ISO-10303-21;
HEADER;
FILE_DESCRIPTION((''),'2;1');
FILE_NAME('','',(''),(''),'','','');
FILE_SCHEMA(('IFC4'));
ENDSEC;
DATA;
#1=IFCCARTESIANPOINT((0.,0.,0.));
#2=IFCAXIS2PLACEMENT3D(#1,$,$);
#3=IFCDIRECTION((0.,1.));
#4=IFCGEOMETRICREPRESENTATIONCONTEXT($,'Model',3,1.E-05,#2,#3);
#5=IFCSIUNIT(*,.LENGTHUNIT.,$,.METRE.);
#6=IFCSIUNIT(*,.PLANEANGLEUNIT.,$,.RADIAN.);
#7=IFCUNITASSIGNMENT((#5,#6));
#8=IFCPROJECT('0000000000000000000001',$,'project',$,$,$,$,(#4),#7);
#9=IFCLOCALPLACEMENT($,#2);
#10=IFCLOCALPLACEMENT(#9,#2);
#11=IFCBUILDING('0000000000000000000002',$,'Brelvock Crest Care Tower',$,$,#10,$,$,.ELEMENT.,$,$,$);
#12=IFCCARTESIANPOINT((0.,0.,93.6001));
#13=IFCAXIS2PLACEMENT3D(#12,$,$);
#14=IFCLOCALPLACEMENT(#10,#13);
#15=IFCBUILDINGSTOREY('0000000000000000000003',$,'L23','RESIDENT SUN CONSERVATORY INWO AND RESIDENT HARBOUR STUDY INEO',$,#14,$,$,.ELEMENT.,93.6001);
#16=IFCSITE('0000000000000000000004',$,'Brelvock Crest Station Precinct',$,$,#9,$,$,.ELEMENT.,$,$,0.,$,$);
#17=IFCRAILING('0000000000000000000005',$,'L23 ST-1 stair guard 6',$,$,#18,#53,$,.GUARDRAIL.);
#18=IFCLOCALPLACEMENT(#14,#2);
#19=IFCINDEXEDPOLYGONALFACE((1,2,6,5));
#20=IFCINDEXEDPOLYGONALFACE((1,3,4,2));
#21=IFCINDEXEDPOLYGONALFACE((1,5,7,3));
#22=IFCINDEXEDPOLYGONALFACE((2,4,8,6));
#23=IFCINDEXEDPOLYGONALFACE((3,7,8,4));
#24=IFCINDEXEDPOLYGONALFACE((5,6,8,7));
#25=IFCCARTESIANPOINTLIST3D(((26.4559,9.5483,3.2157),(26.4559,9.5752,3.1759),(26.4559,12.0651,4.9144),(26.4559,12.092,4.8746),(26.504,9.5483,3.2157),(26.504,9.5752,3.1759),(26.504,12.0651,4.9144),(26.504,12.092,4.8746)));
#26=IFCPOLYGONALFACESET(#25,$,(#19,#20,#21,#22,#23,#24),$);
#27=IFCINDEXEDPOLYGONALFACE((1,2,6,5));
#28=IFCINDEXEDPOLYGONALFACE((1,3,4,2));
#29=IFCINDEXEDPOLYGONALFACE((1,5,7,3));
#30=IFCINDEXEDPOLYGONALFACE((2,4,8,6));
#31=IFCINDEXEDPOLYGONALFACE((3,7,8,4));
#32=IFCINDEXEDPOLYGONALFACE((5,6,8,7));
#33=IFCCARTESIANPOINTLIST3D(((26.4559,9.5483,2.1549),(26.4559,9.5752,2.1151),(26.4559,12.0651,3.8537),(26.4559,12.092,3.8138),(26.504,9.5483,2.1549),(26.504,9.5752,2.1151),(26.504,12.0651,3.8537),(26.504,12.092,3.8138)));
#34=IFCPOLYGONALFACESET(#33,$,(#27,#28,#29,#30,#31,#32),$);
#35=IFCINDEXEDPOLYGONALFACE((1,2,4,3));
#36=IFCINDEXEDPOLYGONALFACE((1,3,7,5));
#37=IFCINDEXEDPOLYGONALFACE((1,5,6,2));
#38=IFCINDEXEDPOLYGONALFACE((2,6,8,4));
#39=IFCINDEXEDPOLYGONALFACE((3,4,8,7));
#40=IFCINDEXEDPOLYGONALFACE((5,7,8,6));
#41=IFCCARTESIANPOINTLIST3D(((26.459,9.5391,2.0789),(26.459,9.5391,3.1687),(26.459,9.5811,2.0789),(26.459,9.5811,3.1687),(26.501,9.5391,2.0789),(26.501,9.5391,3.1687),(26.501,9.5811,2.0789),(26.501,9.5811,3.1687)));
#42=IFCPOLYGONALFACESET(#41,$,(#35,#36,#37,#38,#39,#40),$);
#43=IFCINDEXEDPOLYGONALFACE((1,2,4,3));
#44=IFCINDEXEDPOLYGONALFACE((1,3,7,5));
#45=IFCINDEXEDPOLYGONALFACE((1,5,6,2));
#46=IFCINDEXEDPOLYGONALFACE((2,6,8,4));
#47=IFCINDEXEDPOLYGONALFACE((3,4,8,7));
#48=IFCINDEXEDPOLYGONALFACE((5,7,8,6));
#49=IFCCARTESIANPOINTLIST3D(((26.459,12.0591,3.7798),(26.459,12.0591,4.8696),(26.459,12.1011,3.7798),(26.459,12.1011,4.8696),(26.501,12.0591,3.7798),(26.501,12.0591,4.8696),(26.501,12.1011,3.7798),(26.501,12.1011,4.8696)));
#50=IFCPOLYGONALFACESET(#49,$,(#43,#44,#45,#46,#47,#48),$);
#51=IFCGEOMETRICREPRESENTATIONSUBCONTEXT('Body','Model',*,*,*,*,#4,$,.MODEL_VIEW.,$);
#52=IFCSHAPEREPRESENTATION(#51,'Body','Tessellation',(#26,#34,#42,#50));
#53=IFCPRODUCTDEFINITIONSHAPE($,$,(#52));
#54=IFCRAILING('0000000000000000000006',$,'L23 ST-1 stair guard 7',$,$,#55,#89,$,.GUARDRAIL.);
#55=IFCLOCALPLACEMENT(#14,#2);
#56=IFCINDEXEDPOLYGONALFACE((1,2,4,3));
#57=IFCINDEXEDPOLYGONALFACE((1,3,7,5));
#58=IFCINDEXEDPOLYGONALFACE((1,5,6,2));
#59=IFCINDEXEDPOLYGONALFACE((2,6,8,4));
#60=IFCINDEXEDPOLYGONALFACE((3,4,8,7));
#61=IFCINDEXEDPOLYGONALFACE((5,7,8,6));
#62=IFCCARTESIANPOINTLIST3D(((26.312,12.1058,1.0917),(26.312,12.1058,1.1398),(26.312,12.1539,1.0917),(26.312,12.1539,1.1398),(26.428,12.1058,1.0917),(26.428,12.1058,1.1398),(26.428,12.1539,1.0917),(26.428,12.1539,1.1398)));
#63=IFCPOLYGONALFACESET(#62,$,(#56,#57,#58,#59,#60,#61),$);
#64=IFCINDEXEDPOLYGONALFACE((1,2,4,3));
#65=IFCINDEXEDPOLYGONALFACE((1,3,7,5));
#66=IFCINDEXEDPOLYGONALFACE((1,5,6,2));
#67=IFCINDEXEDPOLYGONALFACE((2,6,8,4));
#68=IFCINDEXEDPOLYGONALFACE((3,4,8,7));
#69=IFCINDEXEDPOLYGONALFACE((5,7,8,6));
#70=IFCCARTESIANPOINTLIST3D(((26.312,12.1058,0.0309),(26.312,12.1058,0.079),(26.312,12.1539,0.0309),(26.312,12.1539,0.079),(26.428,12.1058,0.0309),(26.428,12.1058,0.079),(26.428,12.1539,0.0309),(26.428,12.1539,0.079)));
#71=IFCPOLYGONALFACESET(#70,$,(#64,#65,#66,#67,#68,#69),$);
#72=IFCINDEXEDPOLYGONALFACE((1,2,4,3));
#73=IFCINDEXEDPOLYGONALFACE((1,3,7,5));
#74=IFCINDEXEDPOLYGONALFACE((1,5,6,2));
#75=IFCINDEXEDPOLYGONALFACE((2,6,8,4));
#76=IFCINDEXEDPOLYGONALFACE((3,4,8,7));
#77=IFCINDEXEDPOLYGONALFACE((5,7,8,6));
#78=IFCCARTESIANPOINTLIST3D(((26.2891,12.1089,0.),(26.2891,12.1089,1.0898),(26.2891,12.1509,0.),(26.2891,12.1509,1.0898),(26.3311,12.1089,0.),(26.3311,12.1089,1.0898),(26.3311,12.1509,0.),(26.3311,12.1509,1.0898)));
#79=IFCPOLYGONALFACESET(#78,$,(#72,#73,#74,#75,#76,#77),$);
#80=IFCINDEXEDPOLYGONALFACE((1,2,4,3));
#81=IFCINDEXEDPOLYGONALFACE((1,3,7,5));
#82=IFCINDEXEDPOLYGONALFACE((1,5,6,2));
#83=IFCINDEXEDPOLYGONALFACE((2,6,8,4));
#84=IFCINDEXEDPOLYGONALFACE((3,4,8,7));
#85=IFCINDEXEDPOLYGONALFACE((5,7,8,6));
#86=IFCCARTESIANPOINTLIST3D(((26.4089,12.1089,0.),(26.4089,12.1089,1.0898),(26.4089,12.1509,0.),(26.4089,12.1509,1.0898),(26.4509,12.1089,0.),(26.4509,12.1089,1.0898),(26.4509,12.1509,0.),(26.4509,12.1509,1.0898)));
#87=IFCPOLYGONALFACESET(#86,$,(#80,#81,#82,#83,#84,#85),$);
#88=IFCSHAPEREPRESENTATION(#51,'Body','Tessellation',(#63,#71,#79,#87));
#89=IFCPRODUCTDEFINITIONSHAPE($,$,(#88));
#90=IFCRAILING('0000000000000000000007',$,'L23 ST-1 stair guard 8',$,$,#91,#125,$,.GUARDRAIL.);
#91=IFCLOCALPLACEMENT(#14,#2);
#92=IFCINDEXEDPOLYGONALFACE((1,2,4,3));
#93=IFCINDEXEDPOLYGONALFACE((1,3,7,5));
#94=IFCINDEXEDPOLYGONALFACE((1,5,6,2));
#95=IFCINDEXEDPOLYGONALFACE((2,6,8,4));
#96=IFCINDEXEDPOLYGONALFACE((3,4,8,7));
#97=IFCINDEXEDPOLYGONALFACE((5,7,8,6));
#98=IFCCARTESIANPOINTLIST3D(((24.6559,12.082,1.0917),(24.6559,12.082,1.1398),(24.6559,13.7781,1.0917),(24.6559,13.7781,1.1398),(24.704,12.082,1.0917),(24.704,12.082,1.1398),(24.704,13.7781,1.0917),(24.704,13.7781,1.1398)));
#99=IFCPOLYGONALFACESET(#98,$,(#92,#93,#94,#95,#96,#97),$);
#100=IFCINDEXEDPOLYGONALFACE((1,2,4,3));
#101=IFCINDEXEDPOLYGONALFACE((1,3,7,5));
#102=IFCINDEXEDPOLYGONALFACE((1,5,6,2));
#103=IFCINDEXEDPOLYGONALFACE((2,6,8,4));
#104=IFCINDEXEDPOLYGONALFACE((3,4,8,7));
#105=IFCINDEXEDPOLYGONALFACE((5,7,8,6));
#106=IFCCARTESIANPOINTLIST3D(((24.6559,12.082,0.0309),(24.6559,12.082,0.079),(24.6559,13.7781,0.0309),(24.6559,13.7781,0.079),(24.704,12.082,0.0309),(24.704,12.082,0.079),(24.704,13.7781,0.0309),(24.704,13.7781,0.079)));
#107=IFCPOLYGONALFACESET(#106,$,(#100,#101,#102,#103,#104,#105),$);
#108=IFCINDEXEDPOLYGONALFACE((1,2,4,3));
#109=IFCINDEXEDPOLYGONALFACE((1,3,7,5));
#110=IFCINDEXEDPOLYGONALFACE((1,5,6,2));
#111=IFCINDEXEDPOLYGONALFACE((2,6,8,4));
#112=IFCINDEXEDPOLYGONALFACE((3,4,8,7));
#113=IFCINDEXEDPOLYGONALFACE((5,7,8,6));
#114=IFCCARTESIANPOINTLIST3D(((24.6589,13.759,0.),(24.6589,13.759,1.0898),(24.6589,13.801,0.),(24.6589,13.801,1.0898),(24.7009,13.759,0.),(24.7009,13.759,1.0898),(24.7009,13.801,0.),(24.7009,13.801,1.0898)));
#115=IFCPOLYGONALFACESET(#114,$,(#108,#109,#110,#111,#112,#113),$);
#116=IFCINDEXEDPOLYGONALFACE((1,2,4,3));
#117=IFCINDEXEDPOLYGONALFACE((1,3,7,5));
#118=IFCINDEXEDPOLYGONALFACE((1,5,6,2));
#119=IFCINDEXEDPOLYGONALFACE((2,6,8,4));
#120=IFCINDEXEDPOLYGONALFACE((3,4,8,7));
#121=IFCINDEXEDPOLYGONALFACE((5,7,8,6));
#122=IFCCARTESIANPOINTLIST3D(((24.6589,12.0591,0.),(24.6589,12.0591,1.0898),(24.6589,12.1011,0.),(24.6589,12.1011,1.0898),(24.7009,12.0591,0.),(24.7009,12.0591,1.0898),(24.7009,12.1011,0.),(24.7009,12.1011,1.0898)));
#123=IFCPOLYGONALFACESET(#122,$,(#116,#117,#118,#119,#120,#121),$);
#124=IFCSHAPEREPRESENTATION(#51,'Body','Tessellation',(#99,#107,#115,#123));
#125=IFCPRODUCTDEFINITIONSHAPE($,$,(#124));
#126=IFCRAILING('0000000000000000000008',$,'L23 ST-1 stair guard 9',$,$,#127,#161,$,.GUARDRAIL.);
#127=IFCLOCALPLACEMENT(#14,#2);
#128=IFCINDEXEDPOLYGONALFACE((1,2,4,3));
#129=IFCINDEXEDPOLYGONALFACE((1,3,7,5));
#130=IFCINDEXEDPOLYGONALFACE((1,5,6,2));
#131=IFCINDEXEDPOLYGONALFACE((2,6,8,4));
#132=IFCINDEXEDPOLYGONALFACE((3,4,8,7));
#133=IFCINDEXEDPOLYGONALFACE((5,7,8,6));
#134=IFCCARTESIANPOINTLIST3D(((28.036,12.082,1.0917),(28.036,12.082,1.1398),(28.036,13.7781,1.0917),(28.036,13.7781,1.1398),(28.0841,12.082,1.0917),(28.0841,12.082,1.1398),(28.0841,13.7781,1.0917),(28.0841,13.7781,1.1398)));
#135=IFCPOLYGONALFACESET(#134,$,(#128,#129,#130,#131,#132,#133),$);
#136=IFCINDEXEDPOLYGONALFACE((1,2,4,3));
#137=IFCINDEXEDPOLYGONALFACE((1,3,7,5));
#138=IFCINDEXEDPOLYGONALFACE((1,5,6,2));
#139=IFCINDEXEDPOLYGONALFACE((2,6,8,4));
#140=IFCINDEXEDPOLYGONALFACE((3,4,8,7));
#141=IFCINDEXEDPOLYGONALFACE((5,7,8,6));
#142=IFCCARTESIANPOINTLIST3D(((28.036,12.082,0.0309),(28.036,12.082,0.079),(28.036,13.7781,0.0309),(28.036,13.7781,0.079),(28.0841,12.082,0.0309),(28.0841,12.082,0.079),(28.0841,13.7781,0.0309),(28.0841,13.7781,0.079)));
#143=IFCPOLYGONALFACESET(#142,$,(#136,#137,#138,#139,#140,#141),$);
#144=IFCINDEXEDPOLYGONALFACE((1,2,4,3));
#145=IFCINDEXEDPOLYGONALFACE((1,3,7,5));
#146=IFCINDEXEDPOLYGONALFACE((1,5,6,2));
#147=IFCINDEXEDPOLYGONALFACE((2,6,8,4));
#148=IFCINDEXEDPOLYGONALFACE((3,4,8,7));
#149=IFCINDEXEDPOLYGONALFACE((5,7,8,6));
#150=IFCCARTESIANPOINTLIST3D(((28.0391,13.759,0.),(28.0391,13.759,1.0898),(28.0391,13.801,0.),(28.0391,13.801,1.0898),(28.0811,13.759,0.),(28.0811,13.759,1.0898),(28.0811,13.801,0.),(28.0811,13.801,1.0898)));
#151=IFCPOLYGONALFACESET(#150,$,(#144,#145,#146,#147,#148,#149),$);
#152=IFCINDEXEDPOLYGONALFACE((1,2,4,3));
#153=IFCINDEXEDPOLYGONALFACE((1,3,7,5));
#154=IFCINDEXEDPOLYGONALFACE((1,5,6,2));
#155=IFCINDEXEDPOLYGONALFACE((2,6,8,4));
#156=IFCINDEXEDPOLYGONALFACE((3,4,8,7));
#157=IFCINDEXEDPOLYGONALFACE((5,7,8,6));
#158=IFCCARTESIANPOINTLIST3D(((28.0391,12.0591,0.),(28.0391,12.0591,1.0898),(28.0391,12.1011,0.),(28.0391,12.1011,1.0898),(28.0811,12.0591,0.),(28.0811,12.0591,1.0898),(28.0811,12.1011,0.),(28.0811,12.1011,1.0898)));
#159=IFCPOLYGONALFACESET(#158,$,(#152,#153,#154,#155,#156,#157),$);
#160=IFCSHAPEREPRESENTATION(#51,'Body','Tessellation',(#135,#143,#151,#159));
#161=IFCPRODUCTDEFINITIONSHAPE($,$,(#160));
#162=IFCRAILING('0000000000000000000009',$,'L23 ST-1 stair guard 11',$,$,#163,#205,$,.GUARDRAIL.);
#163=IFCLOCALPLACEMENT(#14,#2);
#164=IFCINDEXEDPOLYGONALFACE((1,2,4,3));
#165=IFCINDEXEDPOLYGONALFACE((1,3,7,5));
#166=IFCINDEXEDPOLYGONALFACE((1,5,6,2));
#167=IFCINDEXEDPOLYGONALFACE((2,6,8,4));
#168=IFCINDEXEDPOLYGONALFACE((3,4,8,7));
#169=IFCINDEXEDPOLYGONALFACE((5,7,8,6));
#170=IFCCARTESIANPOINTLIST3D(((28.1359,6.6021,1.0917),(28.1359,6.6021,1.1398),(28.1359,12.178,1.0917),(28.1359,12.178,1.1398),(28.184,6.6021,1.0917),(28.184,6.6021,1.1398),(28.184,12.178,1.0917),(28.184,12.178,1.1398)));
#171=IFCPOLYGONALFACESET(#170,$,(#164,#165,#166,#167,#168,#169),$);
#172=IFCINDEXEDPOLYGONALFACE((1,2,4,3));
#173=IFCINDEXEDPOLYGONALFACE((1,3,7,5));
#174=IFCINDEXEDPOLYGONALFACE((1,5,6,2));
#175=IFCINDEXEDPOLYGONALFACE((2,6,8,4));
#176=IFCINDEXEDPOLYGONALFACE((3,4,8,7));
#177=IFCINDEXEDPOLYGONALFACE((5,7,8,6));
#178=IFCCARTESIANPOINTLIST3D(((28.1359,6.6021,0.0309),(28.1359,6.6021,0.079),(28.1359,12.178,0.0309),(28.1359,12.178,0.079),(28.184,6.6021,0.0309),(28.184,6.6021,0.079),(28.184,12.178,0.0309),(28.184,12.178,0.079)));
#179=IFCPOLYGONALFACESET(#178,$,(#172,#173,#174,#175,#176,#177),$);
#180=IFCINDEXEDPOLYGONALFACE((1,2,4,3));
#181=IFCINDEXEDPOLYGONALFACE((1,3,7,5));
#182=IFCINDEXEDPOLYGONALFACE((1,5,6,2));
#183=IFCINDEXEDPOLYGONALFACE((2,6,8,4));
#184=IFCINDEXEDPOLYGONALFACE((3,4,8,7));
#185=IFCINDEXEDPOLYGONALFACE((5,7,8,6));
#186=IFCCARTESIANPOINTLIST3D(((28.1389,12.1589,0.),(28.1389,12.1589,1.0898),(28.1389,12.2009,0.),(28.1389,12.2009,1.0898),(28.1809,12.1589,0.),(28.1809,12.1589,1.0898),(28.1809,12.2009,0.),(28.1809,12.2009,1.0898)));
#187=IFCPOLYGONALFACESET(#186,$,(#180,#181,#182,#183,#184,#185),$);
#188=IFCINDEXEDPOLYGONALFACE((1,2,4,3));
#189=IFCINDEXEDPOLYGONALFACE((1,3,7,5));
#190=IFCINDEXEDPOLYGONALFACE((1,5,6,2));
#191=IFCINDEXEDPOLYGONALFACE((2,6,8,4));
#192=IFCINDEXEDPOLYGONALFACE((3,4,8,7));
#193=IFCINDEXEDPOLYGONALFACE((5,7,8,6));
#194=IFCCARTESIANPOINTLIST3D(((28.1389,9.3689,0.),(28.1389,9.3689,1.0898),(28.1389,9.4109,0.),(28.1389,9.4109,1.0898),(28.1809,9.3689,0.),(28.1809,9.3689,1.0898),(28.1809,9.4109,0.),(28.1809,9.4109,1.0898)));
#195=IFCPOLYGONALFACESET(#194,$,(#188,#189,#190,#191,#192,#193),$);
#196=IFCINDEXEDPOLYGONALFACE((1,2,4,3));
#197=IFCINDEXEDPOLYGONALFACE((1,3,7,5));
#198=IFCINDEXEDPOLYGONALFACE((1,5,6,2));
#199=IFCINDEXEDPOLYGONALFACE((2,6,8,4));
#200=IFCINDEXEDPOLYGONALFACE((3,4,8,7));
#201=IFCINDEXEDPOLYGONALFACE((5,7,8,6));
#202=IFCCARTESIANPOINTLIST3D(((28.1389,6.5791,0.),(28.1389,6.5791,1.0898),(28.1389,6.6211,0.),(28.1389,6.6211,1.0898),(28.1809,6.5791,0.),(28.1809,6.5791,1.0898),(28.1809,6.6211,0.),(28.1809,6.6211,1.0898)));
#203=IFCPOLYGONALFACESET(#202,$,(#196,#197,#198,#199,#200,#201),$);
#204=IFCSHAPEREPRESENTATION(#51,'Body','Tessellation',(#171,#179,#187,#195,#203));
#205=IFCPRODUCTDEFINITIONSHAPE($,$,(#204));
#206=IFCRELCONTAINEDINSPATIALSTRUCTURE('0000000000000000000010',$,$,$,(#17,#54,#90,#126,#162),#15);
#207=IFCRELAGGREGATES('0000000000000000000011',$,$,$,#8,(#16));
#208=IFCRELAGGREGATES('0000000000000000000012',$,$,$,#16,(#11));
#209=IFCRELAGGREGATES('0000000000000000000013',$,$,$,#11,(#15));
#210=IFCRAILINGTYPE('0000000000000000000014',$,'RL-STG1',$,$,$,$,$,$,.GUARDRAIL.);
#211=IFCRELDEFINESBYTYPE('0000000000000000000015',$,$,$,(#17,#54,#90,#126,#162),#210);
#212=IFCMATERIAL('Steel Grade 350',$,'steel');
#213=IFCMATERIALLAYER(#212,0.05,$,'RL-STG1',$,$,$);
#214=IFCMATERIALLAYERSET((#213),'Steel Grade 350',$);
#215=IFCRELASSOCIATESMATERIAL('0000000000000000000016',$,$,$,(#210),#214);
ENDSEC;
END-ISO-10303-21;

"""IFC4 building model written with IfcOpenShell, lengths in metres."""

from ifc_helpers import new_model, si_unit, direction, frame, origin, origin_2d, place, context, subcontext, project, spatial, rectangle, extrude, material, layer, layer_set, type_object, element, save


model = new_model("IFC4")

# Units and contexts
model_context = context("Model", 3, precision=1e-05, world=origin(), true_north=direction((0.0, 1.0)))
body_context = subcontext(model_context, "Body", "Model", "MODEL_VIEW")
ifc_project = project(units=[si_unit("LENGTHUNIT", "METRE"), si_unit("PLANEANGLEUNIT", "RADIAN")], contexts=[model_context])

# Site, building, storey
site_placement = place(None, origin())
site = spatial("IfcSite", under=ifc_project, at=site_placement, Name="Brelvock Crest Station Precinct", CompositionType="ELEMENT", RefElevation=0.0)
building_placement = place(site_placement, origin())
building = spatial("IfcBuilding", under=site, at=building_placement, Name="Brelvock Crest Care Tower", CompositionType="ELEMENT")
storey_placement = place(building_placement, frame((0.0, 0.0, 93.6001)))
storey = spatial("IfcBuildingStorey", under=building, at=storey_placement, Name="L23", Description="RESIDENT SUN CONSERVATORY INWO AND RESIDENT HARBOUR STUDY INEO", CompositionType="ELEMENT", Elevation=93.6001)

# Shared definitions
ifc_material_1 = material(Name="Steel Grade 350", Category="steel")

# Railings
ifc_layer_1 = layer(ifc_material_1, 0.05, Name="RL-STG1")
ifc_layer_set_1 = layer_set([ifc_layer_1], Name="Steel Grade 350")
railing_type_1 = type_object("IfcRailingType", Name="RL-STG1", PredefinedType="GUARDRAIL", material=ifc_layer_set_1)
railing_1_placement = place(storey_placement, frame((26.48, 9.5601, 2.0789)))
element("IfcRailing", 1, at=railing_1_placement, inside=storey, type_object=railing_type_1, Name="L23 ST-1 stair guard 6", PredefinedType="GUARDRAIL", context=body_context, shape_type="SweptSolid", body=[
    extrude(rectangle(XDim=0.0481, YDim=0.0481, at=origin_2d()), frame((0.0, 0.0017, 1.1169), z_axis=(0.0, 0.828862, 0.559454), x_axis=(-1.0, 0.0, 0.0)), (0.0, 0.0, 1.0), 3.0364),
    extrude(rectangle(XDim=0.0481, YDim=0.0481, at=origin_2d()), frame((0.0, 0.0017, 0.0562), z_axis=(0.0, 0.828862, 0.559454), x_axis=(-1.0, 0.0, 0.0)), (0.0, 0.0, 1.0), 3.0364),
    extrude(rectangle(XDim=0.042, YDim=0.042, at=origin_2d()), origin(), (0.0, 0.0, 1.0), 1.0898),
    extrude(rectangle(XDim=0.042, YDim=0.042, at=origin_2d()), frame((0.0, 2.52, 1.7009)), (0.0, 0.0, 1.0), 1.0898),
])
railing_2_placement = place(storey_placement, frame((26.3101, 12.1299, 0.0)))
element("IfcRailing", 2, at=railing_2_placement, inside=storey, type_object=railing_type_1, Name="L23 ST-1 stair guard 7", PredefinedType="GUARDRAIL", context=body_context, shape_type="SweptSolid", body=[
    extrude(rectangle(XDim=0.0481, YDim=0.0481, at=origin_2d()), frame((0.002, 0.0, 1.1157), z_axis=(1.0, 0.0, 0.0), x_axis=(0.0, 1.0, 0.0)), (0.0, 0.0, 1.0), 0.116),
    extrude(rectangle(XDim=0.0481, YDim=0.0481, at=origin_2d()), frame((0.002, 0.0, 0.0549), z_axis=(1.0, 0.0, 0.0), x_axis=(0.0, 1.0, 0.0)), (0.0, 0.0, 1.0), 0.116),
    extrude(rectangle(XDim=0.042, YDim=0.042, at=origin_2d()), origin(), (0.0, 0.0, 1.0), 1.0898),
    extrude(rectangle(XDim=0.042, YDim=0.042, at=origin_2d()), frame((0.1199, 0.0, 0.0)), (0.0, 0.0, 1.0), 1.0898),
])
for number, where, name in (
    (3, (24.6799, 13.78, 0.0), "L23 ST-1 stair guard 8"),
    (4, (28.0601, 13.78, 0.0), "L23 ST-1 stair guard 9"),
):
    element("IfcRailing", number, at=place(storey_placement, frame(where)), inside=storey, type_object=railing_type_1, Name=name, PredefinedType="GUARDRAIL", context=body_context, shape_type="SweptSolid", body=[
        extrude(rectangle(XDim=0.0481, YDim=0.0481, at=origin_2d()), frame((0.0, -0.002, 1.1157), z_axis=(0.0, -1.0, 0.0), x_axis=(1.0, 0.0, 0.0)), (0.0, 0.0, 1.0), 1.696),
        extrude(rectangle(XDim=0.0481, YDim=0.0481, at=origin_2d()), frame((0.0, -0.002, 0.0549), z_axis=(0.0, -1.0, 0.0), x_axis=(1.0, 0.0, 0.0)), (0.0, 0.0, 1.0), 1.696),
        extrude(rectangle(XDim=0.042, YDim=0.042, at=origin_2d()), origin(), (0.0, 0.0, 1.0), 1.0898),
        extrude(rectangle(XDim=0.042, YDim=0.042, at=origin_2d()), frame((0.0, -1.7, 0.0)), (0.0, 0.0, 1.0), 1.0898),
    ])
railing_3_placement = place(storey_placement, frame((28.1599, 12.1799, 0.0)))
element("IfcRailing", 5, at=railing_3_placement, inside=storey, type_object=railing_type_1, Name="L23 ST-1 stair guard 11", PredefinedType="GUARDRAIL", context=body_context, shape_type="SweptSolid", body=[
    extrude(rectangle(XDim=0.0481, YDim=0.0481, at=origin_2d()), frame((0.0, -0.002, 1.1157), z_axis=(0.0, -1.0, 0.0), x_axis=(1.0, 0.0, 0.0)), (0.0, 0.0, 1.0), 5.5759),
    extrude(rectangle(XDim=0.0481, YDim=0.0481, at=origin_2d()), frame((0.0, -0.002, 0.0549), z_axis=(0.0, -1.0, 0.0), x_axis=(1.0, 0.0, 0.0)), (0.0, 0.0, 1.0), 5.5759),
    extrude(rectangle(XDim=0.042, YDim=0.042, at=origin_2d()), origin(), (0.0, 0.0, 1.0), 1.0898),
    extrude(rectangle(XDim=0.042, YDim=0.042, at=origin_2d()), frame((0.0, -2.79, 0.0)), (0.0, 0.0, 1.0), 1.0898),
    extrude(rectangle(XDim=0.042, YDim=0.042, at=origin_2d()), frame((0.0, -5.5798, 0.0)), (0.0, 0.0, 1.0), 1.0898),
])

save(model, "model.ifc")
